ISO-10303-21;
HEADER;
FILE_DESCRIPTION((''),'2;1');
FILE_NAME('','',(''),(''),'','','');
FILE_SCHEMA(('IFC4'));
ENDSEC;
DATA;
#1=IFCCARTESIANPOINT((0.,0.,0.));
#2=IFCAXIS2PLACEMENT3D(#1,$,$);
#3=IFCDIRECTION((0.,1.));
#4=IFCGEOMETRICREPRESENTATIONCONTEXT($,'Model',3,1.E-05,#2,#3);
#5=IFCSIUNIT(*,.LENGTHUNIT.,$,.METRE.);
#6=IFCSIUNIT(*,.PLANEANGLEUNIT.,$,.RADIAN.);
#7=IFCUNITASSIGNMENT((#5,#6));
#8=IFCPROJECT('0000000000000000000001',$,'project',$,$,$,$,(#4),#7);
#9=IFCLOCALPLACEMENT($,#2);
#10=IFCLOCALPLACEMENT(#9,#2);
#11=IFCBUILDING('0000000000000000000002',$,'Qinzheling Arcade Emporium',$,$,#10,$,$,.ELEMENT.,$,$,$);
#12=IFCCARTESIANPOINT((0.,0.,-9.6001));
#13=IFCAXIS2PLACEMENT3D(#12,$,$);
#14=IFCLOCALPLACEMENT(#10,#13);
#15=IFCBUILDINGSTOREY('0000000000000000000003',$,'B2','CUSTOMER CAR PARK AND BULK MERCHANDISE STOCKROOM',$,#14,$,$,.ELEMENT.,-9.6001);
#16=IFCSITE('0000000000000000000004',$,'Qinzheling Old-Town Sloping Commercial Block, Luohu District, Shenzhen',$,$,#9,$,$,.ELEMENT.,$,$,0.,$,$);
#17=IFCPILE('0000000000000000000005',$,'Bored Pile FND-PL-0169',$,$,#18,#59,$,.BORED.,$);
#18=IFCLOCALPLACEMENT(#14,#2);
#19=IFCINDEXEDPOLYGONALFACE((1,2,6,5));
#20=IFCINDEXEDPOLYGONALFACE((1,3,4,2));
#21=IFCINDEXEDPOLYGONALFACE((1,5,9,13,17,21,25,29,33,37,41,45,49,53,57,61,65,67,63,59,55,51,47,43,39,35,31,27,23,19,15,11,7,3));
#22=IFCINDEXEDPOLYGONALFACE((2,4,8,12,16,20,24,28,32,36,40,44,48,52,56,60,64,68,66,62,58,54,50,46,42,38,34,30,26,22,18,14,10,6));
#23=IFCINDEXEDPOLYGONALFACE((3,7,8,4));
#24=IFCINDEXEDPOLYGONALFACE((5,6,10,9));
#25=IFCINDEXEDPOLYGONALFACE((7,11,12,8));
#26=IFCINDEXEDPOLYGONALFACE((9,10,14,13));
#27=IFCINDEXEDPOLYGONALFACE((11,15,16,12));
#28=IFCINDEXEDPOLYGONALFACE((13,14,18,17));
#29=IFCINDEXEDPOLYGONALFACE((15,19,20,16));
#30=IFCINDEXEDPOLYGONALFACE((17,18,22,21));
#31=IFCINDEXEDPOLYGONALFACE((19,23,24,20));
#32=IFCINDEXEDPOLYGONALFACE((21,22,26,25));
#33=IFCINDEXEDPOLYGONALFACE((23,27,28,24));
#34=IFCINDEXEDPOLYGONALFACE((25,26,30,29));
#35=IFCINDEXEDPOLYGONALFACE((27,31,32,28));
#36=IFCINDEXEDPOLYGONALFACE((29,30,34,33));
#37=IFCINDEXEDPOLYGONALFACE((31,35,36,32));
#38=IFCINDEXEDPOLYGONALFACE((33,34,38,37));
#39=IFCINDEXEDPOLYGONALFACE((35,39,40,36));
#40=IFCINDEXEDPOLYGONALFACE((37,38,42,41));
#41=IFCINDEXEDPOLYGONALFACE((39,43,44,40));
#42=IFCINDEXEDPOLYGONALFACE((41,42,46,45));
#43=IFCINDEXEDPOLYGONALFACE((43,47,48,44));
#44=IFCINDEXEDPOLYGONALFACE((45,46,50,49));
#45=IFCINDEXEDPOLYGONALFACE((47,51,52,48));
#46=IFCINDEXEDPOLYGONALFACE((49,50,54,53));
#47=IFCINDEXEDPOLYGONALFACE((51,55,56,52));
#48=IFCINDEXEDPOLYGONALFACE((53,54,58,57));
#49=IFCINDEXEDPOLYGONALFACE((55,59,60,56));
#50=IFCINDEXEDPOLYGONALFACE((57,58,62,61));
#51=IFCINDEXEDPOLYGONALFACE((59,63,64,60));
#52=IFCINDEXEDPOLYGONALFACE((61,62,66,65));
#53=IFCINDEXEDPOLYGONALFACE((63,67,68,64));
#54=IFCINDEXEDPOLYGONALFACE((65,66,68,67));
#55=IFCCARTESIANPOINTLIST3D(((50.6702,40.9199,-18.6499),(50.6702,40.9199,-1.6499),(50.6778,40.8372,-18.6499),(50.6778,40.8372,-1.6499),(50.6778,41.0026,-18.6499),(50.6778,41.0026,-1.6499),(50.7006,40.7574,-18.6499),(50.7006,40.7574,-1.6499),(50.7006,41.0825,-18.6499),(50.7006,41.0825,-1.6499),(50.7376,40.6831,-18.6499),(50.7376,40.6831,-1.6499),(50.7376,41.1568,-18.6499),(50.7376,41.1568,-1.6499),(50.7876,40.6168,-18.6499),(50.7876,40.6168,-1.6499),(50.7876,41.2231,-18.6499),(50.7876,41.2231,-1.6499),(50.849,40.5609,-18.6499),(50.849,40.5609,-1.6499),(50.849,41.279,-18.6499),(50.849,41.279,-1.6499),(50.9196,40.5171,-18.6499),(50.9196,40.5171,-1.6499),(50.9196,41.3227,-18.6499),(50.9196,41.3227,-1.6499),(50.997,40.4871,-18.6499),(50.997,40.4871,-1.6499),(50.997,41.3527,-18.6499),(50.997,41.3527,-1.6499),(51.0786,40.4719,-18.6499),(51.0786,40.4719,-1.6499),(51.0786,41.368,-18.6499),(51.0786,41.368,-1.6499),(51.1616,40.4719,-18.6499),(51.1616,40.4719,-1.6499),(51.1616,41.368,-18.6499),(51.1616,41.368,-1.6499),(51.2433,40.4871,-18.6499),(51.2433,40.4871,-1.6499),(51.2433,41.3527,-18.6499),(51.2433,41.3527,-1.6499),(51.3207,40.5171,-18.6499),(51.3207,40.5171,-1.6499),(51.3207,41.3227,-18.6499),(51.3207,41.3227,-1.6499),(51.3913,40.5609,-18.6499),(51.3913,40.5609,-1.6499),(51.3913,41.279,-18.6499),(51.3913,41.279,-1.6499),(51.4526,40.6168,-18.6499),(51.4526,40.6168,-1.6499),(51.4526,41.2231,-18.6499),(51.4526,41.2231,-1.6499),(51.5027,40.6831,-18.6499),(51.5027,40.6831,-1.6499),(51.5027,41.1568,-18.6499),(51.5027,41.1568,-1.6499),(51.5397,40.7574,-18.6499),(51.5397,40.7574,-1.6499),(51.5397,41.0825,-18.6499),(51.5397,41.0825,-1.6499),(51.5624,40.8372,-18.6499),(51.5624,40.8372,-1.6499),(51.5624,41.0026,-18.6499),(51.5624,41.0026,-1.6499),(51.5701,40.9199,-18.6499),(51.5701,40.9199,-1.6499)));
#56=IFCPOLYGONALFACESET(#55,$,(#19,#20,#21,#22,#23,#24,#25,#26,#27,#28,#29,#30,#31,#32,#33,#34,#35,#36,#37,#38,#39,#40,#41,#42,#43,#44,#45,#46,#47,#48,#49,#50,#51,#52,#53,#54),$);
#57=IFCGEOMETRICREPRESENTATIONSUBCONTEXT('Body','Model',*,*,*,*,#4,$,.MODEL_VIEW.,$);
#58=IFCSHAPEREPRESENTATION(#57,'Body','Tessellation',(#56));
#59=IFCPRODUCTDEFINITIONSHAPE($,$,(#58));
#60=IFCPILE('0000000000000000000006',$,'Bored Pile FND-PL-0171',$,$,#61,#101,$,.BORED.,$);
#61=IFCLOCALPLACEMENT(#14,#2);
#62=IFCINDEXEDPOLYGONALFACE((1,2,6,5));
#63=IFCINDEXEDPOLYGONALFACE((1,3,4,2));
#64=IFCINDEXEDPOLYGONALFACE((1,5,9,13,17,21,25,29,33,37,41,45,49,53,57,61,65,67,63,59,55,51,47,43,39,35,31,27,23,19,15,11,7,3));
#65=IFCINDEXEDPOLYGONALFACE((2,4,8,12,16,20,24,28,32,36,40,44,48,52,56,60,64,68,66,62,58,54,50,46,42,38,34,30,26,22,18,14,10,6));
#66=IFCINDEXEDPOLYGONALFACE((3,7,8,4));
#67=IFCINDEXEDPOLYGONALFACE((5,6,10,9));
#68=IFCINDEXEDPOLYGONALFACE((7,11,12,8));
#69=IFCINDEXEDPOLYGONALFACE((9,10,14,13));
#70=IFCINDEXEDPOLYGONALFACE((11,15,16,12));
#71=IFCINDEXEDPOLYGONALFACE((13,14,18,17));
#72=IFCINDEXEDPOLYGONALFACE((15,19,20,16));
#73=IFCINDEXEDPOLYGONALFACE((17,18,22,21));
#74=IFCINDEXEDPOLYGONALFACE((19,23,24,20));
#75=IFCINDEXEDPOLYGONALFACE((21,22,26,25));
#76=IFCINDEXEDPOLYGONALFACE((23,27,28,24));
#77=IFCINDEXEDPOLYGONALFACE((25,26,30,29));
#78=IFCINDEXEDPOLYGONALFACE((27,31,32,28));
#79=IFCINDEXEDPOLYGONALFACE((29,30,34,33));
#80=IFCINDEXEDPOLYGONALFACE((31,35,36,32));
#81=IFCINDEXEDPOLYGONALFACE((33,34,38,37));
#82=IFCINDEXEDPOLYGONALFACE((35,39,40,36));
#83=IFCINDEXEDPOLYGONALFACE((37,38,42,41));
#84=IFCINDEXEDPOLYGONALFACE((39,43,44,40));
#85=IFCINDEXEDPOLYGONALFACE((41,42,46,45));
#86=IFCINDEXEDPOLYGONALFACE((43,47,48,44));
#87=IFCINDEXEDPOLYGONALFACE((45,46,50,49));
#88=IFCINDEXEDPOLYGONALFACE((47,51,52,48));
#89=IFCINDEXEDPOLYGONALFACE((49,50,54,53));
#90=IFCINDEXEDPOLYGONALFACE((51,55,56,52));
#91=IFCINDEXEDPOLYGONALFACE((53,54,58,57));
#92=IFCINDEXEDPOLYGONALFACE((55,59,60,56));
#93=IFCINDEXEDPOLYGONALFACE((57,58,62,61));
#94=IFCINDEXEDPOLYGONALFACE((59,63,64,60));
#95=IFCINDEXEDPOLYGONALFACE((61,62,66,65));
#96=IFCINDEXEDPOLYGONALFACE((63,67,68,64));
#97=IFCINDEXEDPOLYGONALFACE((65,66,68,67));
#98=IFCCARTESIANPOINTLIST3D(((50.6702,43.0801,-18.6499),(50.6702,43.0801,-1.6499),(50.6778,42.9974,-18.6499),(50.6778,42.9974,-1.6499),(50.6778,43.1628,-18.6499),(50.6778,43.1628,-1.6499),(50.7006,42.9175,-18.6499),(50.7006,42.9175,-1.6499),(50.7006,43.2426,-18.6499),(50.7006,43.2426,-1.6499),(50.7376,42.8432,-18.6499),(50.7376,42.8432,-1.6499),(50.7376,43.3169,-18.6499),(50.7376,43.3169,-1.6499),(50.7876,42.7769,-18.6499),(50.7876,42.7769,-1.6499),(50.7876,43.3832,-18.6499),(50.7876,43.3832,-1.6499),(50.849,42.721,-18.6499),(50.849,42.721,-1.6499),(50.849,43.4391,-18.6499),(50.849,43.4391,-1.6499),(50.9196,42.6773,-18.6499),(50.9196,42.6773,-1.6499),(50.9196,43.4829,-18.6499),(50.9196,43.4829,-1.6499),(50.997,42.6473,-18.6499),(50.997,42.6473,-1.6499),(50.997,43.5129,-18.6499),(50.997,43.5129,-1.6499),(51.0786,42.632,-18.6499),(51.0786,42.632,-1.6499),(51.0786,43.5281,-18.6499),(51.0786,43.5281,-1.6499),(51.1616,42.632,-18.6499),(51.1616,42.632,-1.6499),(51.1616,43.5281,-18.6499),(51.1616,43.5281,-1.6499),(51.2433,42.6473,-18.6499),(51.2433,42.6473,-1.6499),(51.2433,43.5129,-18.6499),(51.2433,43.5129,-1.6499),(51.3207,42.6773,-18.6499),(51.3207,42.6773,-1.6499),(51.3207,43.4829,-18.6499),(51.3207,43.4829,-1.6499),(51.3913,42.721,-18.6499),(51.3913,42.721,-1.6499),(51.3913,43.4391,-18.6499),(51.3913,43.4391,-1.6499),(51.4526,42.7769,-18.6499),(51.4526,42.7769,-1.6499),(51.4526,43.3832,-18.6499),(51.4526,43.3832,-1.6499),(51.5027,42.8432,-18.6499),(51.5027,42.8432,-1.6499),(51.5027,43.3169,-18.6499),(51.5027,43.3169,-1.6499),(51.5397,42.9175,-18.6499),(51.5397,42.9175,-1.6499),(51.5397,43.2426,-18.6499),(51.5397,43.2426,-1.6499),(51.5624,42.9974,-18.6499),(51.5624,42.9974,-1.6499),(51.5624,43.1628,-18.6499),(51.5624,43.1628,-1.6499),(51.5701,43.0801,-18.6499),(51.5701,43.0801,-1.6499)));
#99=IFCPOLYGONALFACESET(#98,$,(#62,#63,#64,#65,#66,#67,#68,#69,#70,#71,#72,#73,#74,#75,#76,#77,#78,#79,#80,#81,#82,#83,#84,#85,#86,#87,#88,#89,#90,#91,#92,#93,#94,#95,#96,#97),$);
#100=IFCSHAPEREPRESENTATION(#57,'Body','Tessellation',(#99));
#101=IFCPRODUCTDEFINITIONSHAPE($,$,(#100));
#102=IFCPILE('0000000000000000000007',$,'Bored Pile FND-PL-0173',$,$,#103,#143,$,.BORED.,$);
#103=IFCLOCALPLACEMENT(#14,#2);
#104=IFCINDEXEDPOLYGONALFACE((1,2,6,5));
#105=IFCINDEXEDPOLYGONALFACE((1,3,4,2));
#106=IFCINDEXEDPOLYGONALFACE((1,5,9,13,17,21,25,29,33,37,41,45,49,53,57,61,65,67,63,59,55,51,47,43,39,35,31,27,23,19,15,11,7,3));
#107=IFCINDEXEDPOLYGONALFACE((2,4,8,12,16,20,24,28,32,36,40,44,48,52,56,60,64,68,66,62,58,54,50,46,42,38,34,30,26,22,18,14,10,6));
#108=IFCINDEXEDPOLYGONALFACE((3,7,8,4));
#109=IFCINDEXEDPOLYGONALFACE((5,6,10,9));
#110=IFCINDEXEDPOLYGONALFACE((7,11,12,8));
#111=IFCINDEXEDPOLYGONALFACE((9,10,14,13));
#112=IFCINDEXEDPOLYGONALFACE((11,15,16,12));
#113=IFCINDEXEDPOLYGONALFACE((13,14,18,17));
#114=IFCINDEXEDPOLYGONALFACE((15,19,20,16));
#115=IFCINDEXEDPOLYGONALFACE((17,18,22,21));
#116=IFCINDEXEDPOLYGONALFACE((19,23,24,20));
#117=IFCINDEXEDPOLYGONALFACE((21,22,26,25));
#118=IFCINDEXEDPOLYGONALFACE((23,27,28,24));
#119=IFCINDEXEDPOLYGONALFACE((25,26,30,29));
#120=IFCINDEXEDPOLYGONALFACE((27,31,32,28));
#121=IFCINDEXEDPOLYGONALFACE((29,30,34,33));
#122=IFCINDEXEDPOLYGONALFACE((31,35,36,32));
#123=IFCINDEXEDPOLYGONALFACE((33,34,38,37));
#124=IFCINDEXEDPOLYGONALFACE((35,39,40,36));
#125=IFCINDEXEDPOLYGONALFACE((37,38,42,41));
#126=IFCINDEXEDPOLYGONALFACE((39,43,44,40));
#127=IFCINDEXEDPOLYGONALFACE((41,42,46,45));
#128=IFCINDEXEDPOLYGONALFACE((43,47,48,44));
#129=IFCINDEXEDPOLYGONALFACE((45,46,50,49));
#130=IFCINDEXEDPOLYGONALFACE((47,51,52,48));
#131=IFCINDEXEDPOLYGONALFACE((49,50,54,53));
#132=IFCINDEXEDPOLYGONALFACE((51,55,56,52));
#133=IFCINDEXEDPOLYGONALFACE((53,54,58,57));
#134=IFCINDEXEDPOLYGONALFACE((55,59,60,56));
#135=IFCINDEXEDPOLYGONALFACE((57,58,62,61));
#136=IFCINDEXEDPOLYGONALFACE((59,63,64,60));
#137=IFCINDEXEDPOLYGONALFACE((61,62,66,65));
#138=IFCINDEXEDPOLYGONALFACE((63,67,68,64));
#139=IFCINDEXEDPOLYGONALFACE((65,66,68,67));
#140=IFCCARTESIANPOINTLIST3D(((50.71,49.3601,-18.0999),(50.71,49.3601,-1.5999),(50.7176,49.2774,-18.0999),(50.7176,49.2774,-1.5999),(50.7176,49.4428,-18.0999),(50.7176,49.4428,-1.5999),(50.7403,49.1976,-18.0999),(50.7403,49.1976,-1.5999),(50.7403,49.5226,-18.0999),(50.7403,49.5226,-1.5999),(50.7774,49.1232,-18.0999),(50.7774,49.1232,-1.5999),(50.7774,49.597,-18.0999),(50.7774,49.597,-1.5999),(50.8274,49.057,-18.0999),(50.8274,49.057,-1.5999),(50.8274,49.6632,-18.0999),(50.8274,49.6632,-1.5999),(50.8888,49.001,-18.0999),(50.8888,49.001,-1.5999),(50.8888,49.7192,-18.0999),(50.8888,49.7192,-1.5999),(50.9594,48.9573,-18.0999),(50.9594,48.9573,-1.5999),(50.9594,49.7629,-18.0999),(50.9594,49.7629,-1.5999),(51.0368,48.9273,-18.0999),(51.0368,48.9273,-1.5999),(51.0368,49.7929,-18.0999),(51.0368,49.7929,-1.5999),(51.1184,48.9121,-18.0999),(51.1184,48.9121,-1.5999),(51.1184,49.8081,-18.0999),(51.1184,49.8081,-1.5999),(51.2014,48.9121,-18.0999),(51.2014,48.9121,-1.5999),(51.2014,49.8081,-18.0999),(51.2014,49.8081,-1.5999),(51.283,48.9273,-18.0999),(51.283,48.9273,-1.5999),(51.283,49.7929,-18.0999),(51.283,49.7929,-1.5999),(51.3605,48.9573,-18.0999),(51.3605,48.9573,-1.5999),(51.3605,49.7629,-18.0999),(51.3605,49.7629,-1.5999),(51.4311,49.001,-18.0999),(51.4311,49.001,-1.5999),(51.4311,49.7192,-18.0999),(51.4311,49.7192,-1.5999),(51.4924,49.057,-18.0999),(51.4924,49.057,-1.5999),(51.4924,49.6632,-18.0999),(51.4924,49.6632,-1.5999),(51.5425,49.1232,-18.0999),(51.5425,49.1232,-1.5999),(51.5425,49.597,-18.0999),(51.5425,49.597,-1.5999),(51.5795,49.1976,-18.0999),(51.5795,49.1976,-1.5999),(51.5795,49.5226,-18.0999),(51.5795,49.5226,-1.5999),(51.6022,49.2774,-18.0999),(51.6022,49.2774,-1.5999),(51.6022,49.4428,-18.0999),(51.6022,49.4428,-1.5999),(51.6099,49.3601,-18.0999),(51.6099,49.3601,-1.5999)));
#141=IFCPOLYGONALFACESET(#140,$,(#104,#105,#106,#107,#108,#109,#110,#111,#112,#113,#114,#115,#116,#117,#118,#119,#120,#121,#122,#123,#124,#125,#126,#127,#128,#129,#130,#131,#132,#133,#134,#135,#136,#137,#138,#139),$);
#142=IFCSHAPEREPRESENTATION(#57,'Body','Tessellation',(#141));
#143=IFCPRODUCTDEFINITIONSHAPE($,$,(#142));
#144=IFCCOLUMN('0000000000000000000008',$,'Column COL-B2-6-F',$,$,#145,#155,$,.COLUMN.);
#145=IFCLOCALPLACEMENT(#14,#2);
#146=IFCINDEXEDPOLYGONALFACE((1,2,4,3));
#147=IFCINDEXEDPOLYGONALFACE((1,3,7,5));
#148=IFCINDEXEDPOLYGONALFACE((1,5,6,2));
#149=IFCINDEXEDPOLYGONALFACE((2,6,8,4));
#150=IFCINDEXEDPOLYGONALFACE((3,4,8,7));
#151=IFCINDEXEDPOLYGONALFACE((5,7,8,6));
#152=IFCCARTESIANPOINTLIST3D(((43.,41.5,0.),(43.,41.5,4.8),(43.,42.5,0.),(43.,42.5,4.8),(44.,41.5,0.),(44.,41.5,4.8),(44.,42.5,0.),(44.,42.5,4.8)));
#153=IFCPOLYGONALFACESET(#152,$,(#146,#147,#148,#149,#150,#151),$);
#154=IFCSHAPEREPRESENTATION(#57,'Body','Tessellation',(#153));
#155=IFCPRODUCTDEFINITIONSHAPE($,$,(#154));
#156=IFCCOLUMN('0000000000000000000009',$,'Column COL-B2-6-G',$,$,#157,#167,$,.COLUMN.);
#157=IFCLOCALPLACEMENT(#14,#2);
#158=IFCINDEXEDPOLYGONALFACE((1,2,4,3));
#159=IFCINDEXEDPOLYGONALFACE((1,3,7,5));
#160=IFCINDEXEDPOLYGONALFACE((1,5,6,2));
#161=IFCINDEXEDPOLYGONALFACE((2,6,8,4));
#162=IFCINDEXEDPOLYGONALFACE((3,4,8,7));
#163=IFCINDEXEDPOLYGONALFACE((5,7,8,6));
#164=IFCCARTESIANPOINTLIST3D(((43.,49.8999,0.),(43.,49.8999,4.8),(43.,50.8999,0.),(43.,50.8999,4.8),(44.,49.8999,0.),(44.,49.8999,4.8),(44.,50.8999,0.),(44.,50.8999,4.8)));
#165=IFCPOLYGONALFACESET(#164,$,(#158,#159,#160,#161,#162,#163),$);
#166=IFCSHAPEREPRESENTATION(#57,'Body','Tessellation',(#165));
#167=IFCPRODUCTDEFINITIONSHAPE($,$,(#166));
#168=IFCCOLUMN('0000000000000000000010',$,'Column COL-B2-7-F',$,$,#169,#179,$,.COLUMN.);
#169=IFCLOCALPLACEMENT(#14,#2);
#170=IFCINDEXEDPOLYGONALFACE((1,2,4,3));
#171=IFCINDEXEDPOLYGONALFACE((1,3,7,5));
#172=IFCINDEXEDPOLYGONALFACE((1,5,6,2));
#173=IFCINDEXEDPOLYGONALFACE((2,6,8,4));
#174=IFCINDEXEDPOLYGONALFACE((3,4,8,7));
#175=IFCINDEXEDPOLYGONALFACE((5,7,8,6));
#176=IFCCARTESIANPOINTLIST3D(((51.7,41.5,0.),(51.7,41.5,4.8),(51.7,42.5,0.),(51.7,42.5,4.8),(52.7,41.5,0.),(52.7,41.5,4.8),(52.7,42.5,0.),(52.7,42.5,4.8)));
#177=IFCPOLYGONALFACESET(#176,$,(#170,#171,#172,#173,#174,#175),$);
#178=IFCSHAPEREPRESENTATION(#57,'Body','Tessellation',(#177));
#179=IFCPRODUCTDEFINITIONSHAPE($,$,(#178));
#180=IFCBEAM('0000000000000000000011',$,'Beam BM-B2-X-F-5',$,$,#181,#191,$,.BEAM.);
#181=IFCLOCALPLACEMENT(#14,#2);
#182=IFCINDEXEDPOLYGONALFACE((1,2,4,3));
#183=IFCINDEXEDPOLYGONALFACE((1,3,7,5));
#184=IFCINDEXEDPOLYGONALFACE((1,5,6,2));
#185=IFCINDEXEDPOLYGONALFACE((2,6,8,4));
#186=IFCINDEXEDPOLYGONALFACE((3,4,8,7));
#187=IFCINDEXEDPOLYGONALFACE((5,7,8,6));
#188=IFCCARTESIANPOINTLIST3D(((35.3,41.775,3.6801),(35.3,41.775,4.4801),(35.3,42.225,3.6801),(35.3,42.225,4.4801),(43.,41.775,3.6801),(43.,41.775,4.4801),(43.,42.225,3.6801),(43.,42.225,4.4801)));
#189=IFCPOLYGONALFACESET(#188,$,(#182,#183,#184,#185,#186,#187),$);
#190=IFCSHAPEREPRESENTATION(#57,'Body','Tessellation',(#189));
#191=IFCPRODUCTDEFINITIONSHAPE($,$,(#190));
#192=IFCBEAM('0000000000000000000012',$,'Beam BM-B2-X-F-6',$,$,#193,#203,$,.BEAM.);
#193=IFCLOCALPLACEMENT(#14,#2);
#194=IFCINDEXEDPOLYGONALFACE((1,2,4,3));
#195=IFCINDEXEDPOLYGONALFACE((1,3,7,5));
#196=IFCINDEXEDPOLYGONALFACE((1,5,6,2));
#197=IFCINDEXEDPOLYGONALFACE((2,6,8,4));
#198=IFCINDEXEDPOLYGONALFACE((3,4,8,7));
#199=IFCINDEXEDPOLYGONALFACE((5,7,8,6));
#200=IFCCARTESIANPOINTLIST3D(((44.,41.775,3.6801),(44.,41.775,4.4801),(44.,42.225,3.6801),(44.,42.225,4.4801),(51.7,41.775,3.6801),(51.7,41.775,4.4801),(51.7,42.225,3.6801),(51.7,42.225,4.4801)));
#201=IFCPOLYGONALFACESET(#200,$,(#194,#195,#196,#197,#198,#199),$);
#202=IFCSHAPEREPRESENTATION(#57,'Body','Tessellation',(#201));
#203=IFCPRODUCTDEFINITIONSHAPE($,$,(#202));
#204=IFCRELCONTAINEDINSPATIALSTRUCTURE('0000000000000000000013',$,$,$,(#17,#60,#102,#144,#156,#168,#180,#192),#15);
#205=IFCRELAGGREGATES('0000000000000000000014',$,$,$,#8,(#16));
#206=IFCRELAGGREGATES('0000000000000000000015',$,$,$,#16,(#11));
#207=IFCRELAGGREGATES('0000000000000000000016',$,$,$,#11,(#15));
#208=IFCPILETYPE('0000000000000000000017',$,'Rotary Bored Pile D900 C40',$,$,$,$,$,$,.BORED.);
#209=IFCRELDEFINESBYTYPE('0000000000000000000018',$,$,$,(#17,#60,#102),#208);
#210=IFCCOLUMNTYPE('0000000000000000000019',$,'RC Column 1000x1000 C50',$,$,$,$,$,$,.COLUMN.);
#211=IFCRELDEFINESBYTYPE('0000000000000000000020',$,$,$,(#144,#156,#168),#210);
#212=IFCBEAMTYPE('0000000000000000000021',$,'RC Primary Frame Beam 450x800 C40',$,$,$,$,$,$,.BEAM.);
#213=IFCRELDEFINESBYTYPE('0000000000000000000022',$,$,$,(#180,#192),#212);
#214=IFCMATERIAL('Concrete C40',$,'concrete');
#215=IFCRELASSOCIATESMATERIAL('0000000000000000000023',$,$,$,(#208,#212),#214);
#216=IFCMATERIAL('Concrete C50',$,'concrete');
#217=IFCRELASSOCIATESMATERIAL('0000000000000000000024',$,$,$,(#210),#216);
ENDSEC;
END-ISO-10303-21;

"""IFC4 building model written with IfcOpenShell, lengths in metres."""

from ifc_helpers import new_model, si_unit, direction, frame, origin, origin_2d, place, context, subcontext, project, spatial, rectangle, circle, extrude, material, material_profile, profile_set, type_object, element, save


model = new_model("IFC4")

# Units and contexts
model_context = context("Model", 3, precision=1e-05, world=origin(), true_north=direction((0.0, 1.0)))
body_context = subcontext(model_context, "Body", "Model", "MODEL_VIEW")
ifc_project = project(units=[si_unit("LENGTHUNIT", "METRE"), si_unit("PLANEANGLEUNIT", "RADIAN")], contexts=[model_context])

# Site, building, storey
site_placement = place(None, origin())
site = spatial("IfcSite", under=ifc_project, at=site_placement, Name="Qinzheling Old-Town Sloping Commercial Block, Luohu District, Shenzhen", CompositionType="ELEMENT", RefElevation=0.0)
building_placement = place(site_placement, origin())
building = spatial("IfcBuilding", under=site, at=building_placement, Name="Qinzheling Arcade Emporium", CompositionType="ELEMENT")
storey_placement = place(building_placement, frame((0.0, 0.0, -9.6001)))
storey = spatial("IfcBuildingStorey", under=building, at=storey_placement, Name="B2", Description="CUSTOMER CAR PARK AND BULK MERCHANDISE STOCKROOM", CompositionType="ELEMENT", Elevation=-9.6001)

# Shared definitions
ifc_material_1 = material(Name="Concrete C40", Category="concrete")

# Piles
ifc_material_profile_1 = material_profile(ifc_material_1, circle(Radius=0.45, at=origin_2d()), Name="BORED D900", Category="concrete")
ifc_profile_set_1 = profile_set([ifc_material_profile_1], Name="Concrete C40")
pile_type = type_object("IfcPileType", Name="Rotary Bored Pile D900 C40", PredefinedType="BORED", material=ifc_profile_set_1)
for number, where, z_axis, x_axis, name in (
    (1, (51.1201, 40.9199, -1.6499), (0.0, 0.0, -1.0), (1.0, 0.0, 0.0), "Bored Pile FND-PL-0169"),
    (2, (51.1201, 43.0801, -1.6499), (0.0, 0.0, -1.0), (1.0, 0.0, 0.0), "Bored Pile FND-PL-0171"),
):
    element("IfcPile", number, at=place(storey_placement, frame(where, z_axis=z_axis, x_axis=x_axis)), inside=storey, type_object=pile_type, Name=name, PredefinedType="BORED", context=body_context, shape_type="SweptSolid", body=[
        extrude(circle(Radius=0.45, at=origin_2d()), origin(), (0.0, 0.0, 1.0), 17.0),
    ])
pile_placement = place(storey_placement, frame((51.1599, 49.3601, -1.5999), z_axis=(0.0, 0.0, -1.0), x_axis=(1.0, 0.0, 0.0)))
element("IfcPile", 3, at=pile_placement, inside=storey, type_object=pile_type, Name="Bored Pile FND-PL-0173", PredefinedType="BORED", context=body_context, shape_type="SweptSolid", body=[
    extrude(circle(Radius=0.45, at=origin_2d()), origin(), (0.0, 0.0, 1.0), 16.5),
])

# Columns
ifc_material_2 = material(Name="Concrete C50", Category="concrete")
ifc_material_profile_2 = material_profile(ifc_material_2, rectangle(XDim=1.0, YDim=1.0, at=origin_2d()), Name="RC 1000x1000", Category="concrete")
ifc_profile_set_2 = profile_set([ifc_material_profile_2], Name="Concrete C50")
column_type = type_object("IfcColumnType", Name="RC Column 1000x1000 C50", PredefinedType="COLUMN", material=ifc_profile_set_2)
for number, where, z_axis, x_axis, name in (
    (4, (43.5, 42.0, 0.0), (0.0, 0.0, 1.0), (1.0, 0.0, 0.0), "Column COL-B2-6-F"),
    (5, (43.5, 50.3999, 0.0), (0.0, 0.0, 1.0), (1.0, 0.0, 0.0), "Column COL-B2-6-G"),
    (6, (52.2, 42.0, 0.0), (0.0, 0.0, 1.0), (1.0, 0.0, 0.0), "Column COL-B2-7-F"),
):
    element("IfcColumn", number, at=place(storey_placement, frame(where, z_axis=z_axis, x_axis=x_axis)), inside=storey, type_object=column_type, Name=name, PredefinedType="COLUMN", context=body_context, shape_type="SweptSolid", body=[
        extrude(rectangle(XDim=1.0, YDim=1.0, at=origin_2d()), origin(), (0.0, 0.0, 1.0), 4.8),
    ])

# Beams
ifc_material_profile_3 = material_profile(ifc_material_1, rectangle(XDim=0.45, YDim=0.8, at=origin_2d()), Name="RC 450x800", Category="concrete")
ifc_profile_set_3 = profile_set([ifc_material_profile_3], Name="Concrete C40")
beam_type_1 = type_object("IfcBeamType", Name="RC Primary Frame Beam 450x800 C40", PredefinedType="BEAM", material=ifc_profile_set_3)
for number, where, z_axis, x_axis, name in (
    (7, (35.3, 42.0, 4.0801), (1.0, 0.0, 0.0), (0.0, 1.0, 0.0), "Beam BM-B2-X-F-5"),
    (8, (44.0, 42.0, 4.0801), (1.0, 0.0, 0.0), (0.0, 1.0, 0.0), "Beam BM-B2-X-F-6"),
):
    element("IfcBeam", number, at=place(storey_placement, frame(where, z_axis=z_axis, x_axis=x_axis)), inside=storey, type_object=beam_type_1, Name=name, PredefinedType="BEAM", context=body_context, shape_type="SweptSolid", body=[
        extrude(rectangle(XDim=0.45, YDim=0.8, at=origin_2d()), origin(), (0.0, 0.0, 1.0), 7.7),
    ])

save(model, "model.ifc")
